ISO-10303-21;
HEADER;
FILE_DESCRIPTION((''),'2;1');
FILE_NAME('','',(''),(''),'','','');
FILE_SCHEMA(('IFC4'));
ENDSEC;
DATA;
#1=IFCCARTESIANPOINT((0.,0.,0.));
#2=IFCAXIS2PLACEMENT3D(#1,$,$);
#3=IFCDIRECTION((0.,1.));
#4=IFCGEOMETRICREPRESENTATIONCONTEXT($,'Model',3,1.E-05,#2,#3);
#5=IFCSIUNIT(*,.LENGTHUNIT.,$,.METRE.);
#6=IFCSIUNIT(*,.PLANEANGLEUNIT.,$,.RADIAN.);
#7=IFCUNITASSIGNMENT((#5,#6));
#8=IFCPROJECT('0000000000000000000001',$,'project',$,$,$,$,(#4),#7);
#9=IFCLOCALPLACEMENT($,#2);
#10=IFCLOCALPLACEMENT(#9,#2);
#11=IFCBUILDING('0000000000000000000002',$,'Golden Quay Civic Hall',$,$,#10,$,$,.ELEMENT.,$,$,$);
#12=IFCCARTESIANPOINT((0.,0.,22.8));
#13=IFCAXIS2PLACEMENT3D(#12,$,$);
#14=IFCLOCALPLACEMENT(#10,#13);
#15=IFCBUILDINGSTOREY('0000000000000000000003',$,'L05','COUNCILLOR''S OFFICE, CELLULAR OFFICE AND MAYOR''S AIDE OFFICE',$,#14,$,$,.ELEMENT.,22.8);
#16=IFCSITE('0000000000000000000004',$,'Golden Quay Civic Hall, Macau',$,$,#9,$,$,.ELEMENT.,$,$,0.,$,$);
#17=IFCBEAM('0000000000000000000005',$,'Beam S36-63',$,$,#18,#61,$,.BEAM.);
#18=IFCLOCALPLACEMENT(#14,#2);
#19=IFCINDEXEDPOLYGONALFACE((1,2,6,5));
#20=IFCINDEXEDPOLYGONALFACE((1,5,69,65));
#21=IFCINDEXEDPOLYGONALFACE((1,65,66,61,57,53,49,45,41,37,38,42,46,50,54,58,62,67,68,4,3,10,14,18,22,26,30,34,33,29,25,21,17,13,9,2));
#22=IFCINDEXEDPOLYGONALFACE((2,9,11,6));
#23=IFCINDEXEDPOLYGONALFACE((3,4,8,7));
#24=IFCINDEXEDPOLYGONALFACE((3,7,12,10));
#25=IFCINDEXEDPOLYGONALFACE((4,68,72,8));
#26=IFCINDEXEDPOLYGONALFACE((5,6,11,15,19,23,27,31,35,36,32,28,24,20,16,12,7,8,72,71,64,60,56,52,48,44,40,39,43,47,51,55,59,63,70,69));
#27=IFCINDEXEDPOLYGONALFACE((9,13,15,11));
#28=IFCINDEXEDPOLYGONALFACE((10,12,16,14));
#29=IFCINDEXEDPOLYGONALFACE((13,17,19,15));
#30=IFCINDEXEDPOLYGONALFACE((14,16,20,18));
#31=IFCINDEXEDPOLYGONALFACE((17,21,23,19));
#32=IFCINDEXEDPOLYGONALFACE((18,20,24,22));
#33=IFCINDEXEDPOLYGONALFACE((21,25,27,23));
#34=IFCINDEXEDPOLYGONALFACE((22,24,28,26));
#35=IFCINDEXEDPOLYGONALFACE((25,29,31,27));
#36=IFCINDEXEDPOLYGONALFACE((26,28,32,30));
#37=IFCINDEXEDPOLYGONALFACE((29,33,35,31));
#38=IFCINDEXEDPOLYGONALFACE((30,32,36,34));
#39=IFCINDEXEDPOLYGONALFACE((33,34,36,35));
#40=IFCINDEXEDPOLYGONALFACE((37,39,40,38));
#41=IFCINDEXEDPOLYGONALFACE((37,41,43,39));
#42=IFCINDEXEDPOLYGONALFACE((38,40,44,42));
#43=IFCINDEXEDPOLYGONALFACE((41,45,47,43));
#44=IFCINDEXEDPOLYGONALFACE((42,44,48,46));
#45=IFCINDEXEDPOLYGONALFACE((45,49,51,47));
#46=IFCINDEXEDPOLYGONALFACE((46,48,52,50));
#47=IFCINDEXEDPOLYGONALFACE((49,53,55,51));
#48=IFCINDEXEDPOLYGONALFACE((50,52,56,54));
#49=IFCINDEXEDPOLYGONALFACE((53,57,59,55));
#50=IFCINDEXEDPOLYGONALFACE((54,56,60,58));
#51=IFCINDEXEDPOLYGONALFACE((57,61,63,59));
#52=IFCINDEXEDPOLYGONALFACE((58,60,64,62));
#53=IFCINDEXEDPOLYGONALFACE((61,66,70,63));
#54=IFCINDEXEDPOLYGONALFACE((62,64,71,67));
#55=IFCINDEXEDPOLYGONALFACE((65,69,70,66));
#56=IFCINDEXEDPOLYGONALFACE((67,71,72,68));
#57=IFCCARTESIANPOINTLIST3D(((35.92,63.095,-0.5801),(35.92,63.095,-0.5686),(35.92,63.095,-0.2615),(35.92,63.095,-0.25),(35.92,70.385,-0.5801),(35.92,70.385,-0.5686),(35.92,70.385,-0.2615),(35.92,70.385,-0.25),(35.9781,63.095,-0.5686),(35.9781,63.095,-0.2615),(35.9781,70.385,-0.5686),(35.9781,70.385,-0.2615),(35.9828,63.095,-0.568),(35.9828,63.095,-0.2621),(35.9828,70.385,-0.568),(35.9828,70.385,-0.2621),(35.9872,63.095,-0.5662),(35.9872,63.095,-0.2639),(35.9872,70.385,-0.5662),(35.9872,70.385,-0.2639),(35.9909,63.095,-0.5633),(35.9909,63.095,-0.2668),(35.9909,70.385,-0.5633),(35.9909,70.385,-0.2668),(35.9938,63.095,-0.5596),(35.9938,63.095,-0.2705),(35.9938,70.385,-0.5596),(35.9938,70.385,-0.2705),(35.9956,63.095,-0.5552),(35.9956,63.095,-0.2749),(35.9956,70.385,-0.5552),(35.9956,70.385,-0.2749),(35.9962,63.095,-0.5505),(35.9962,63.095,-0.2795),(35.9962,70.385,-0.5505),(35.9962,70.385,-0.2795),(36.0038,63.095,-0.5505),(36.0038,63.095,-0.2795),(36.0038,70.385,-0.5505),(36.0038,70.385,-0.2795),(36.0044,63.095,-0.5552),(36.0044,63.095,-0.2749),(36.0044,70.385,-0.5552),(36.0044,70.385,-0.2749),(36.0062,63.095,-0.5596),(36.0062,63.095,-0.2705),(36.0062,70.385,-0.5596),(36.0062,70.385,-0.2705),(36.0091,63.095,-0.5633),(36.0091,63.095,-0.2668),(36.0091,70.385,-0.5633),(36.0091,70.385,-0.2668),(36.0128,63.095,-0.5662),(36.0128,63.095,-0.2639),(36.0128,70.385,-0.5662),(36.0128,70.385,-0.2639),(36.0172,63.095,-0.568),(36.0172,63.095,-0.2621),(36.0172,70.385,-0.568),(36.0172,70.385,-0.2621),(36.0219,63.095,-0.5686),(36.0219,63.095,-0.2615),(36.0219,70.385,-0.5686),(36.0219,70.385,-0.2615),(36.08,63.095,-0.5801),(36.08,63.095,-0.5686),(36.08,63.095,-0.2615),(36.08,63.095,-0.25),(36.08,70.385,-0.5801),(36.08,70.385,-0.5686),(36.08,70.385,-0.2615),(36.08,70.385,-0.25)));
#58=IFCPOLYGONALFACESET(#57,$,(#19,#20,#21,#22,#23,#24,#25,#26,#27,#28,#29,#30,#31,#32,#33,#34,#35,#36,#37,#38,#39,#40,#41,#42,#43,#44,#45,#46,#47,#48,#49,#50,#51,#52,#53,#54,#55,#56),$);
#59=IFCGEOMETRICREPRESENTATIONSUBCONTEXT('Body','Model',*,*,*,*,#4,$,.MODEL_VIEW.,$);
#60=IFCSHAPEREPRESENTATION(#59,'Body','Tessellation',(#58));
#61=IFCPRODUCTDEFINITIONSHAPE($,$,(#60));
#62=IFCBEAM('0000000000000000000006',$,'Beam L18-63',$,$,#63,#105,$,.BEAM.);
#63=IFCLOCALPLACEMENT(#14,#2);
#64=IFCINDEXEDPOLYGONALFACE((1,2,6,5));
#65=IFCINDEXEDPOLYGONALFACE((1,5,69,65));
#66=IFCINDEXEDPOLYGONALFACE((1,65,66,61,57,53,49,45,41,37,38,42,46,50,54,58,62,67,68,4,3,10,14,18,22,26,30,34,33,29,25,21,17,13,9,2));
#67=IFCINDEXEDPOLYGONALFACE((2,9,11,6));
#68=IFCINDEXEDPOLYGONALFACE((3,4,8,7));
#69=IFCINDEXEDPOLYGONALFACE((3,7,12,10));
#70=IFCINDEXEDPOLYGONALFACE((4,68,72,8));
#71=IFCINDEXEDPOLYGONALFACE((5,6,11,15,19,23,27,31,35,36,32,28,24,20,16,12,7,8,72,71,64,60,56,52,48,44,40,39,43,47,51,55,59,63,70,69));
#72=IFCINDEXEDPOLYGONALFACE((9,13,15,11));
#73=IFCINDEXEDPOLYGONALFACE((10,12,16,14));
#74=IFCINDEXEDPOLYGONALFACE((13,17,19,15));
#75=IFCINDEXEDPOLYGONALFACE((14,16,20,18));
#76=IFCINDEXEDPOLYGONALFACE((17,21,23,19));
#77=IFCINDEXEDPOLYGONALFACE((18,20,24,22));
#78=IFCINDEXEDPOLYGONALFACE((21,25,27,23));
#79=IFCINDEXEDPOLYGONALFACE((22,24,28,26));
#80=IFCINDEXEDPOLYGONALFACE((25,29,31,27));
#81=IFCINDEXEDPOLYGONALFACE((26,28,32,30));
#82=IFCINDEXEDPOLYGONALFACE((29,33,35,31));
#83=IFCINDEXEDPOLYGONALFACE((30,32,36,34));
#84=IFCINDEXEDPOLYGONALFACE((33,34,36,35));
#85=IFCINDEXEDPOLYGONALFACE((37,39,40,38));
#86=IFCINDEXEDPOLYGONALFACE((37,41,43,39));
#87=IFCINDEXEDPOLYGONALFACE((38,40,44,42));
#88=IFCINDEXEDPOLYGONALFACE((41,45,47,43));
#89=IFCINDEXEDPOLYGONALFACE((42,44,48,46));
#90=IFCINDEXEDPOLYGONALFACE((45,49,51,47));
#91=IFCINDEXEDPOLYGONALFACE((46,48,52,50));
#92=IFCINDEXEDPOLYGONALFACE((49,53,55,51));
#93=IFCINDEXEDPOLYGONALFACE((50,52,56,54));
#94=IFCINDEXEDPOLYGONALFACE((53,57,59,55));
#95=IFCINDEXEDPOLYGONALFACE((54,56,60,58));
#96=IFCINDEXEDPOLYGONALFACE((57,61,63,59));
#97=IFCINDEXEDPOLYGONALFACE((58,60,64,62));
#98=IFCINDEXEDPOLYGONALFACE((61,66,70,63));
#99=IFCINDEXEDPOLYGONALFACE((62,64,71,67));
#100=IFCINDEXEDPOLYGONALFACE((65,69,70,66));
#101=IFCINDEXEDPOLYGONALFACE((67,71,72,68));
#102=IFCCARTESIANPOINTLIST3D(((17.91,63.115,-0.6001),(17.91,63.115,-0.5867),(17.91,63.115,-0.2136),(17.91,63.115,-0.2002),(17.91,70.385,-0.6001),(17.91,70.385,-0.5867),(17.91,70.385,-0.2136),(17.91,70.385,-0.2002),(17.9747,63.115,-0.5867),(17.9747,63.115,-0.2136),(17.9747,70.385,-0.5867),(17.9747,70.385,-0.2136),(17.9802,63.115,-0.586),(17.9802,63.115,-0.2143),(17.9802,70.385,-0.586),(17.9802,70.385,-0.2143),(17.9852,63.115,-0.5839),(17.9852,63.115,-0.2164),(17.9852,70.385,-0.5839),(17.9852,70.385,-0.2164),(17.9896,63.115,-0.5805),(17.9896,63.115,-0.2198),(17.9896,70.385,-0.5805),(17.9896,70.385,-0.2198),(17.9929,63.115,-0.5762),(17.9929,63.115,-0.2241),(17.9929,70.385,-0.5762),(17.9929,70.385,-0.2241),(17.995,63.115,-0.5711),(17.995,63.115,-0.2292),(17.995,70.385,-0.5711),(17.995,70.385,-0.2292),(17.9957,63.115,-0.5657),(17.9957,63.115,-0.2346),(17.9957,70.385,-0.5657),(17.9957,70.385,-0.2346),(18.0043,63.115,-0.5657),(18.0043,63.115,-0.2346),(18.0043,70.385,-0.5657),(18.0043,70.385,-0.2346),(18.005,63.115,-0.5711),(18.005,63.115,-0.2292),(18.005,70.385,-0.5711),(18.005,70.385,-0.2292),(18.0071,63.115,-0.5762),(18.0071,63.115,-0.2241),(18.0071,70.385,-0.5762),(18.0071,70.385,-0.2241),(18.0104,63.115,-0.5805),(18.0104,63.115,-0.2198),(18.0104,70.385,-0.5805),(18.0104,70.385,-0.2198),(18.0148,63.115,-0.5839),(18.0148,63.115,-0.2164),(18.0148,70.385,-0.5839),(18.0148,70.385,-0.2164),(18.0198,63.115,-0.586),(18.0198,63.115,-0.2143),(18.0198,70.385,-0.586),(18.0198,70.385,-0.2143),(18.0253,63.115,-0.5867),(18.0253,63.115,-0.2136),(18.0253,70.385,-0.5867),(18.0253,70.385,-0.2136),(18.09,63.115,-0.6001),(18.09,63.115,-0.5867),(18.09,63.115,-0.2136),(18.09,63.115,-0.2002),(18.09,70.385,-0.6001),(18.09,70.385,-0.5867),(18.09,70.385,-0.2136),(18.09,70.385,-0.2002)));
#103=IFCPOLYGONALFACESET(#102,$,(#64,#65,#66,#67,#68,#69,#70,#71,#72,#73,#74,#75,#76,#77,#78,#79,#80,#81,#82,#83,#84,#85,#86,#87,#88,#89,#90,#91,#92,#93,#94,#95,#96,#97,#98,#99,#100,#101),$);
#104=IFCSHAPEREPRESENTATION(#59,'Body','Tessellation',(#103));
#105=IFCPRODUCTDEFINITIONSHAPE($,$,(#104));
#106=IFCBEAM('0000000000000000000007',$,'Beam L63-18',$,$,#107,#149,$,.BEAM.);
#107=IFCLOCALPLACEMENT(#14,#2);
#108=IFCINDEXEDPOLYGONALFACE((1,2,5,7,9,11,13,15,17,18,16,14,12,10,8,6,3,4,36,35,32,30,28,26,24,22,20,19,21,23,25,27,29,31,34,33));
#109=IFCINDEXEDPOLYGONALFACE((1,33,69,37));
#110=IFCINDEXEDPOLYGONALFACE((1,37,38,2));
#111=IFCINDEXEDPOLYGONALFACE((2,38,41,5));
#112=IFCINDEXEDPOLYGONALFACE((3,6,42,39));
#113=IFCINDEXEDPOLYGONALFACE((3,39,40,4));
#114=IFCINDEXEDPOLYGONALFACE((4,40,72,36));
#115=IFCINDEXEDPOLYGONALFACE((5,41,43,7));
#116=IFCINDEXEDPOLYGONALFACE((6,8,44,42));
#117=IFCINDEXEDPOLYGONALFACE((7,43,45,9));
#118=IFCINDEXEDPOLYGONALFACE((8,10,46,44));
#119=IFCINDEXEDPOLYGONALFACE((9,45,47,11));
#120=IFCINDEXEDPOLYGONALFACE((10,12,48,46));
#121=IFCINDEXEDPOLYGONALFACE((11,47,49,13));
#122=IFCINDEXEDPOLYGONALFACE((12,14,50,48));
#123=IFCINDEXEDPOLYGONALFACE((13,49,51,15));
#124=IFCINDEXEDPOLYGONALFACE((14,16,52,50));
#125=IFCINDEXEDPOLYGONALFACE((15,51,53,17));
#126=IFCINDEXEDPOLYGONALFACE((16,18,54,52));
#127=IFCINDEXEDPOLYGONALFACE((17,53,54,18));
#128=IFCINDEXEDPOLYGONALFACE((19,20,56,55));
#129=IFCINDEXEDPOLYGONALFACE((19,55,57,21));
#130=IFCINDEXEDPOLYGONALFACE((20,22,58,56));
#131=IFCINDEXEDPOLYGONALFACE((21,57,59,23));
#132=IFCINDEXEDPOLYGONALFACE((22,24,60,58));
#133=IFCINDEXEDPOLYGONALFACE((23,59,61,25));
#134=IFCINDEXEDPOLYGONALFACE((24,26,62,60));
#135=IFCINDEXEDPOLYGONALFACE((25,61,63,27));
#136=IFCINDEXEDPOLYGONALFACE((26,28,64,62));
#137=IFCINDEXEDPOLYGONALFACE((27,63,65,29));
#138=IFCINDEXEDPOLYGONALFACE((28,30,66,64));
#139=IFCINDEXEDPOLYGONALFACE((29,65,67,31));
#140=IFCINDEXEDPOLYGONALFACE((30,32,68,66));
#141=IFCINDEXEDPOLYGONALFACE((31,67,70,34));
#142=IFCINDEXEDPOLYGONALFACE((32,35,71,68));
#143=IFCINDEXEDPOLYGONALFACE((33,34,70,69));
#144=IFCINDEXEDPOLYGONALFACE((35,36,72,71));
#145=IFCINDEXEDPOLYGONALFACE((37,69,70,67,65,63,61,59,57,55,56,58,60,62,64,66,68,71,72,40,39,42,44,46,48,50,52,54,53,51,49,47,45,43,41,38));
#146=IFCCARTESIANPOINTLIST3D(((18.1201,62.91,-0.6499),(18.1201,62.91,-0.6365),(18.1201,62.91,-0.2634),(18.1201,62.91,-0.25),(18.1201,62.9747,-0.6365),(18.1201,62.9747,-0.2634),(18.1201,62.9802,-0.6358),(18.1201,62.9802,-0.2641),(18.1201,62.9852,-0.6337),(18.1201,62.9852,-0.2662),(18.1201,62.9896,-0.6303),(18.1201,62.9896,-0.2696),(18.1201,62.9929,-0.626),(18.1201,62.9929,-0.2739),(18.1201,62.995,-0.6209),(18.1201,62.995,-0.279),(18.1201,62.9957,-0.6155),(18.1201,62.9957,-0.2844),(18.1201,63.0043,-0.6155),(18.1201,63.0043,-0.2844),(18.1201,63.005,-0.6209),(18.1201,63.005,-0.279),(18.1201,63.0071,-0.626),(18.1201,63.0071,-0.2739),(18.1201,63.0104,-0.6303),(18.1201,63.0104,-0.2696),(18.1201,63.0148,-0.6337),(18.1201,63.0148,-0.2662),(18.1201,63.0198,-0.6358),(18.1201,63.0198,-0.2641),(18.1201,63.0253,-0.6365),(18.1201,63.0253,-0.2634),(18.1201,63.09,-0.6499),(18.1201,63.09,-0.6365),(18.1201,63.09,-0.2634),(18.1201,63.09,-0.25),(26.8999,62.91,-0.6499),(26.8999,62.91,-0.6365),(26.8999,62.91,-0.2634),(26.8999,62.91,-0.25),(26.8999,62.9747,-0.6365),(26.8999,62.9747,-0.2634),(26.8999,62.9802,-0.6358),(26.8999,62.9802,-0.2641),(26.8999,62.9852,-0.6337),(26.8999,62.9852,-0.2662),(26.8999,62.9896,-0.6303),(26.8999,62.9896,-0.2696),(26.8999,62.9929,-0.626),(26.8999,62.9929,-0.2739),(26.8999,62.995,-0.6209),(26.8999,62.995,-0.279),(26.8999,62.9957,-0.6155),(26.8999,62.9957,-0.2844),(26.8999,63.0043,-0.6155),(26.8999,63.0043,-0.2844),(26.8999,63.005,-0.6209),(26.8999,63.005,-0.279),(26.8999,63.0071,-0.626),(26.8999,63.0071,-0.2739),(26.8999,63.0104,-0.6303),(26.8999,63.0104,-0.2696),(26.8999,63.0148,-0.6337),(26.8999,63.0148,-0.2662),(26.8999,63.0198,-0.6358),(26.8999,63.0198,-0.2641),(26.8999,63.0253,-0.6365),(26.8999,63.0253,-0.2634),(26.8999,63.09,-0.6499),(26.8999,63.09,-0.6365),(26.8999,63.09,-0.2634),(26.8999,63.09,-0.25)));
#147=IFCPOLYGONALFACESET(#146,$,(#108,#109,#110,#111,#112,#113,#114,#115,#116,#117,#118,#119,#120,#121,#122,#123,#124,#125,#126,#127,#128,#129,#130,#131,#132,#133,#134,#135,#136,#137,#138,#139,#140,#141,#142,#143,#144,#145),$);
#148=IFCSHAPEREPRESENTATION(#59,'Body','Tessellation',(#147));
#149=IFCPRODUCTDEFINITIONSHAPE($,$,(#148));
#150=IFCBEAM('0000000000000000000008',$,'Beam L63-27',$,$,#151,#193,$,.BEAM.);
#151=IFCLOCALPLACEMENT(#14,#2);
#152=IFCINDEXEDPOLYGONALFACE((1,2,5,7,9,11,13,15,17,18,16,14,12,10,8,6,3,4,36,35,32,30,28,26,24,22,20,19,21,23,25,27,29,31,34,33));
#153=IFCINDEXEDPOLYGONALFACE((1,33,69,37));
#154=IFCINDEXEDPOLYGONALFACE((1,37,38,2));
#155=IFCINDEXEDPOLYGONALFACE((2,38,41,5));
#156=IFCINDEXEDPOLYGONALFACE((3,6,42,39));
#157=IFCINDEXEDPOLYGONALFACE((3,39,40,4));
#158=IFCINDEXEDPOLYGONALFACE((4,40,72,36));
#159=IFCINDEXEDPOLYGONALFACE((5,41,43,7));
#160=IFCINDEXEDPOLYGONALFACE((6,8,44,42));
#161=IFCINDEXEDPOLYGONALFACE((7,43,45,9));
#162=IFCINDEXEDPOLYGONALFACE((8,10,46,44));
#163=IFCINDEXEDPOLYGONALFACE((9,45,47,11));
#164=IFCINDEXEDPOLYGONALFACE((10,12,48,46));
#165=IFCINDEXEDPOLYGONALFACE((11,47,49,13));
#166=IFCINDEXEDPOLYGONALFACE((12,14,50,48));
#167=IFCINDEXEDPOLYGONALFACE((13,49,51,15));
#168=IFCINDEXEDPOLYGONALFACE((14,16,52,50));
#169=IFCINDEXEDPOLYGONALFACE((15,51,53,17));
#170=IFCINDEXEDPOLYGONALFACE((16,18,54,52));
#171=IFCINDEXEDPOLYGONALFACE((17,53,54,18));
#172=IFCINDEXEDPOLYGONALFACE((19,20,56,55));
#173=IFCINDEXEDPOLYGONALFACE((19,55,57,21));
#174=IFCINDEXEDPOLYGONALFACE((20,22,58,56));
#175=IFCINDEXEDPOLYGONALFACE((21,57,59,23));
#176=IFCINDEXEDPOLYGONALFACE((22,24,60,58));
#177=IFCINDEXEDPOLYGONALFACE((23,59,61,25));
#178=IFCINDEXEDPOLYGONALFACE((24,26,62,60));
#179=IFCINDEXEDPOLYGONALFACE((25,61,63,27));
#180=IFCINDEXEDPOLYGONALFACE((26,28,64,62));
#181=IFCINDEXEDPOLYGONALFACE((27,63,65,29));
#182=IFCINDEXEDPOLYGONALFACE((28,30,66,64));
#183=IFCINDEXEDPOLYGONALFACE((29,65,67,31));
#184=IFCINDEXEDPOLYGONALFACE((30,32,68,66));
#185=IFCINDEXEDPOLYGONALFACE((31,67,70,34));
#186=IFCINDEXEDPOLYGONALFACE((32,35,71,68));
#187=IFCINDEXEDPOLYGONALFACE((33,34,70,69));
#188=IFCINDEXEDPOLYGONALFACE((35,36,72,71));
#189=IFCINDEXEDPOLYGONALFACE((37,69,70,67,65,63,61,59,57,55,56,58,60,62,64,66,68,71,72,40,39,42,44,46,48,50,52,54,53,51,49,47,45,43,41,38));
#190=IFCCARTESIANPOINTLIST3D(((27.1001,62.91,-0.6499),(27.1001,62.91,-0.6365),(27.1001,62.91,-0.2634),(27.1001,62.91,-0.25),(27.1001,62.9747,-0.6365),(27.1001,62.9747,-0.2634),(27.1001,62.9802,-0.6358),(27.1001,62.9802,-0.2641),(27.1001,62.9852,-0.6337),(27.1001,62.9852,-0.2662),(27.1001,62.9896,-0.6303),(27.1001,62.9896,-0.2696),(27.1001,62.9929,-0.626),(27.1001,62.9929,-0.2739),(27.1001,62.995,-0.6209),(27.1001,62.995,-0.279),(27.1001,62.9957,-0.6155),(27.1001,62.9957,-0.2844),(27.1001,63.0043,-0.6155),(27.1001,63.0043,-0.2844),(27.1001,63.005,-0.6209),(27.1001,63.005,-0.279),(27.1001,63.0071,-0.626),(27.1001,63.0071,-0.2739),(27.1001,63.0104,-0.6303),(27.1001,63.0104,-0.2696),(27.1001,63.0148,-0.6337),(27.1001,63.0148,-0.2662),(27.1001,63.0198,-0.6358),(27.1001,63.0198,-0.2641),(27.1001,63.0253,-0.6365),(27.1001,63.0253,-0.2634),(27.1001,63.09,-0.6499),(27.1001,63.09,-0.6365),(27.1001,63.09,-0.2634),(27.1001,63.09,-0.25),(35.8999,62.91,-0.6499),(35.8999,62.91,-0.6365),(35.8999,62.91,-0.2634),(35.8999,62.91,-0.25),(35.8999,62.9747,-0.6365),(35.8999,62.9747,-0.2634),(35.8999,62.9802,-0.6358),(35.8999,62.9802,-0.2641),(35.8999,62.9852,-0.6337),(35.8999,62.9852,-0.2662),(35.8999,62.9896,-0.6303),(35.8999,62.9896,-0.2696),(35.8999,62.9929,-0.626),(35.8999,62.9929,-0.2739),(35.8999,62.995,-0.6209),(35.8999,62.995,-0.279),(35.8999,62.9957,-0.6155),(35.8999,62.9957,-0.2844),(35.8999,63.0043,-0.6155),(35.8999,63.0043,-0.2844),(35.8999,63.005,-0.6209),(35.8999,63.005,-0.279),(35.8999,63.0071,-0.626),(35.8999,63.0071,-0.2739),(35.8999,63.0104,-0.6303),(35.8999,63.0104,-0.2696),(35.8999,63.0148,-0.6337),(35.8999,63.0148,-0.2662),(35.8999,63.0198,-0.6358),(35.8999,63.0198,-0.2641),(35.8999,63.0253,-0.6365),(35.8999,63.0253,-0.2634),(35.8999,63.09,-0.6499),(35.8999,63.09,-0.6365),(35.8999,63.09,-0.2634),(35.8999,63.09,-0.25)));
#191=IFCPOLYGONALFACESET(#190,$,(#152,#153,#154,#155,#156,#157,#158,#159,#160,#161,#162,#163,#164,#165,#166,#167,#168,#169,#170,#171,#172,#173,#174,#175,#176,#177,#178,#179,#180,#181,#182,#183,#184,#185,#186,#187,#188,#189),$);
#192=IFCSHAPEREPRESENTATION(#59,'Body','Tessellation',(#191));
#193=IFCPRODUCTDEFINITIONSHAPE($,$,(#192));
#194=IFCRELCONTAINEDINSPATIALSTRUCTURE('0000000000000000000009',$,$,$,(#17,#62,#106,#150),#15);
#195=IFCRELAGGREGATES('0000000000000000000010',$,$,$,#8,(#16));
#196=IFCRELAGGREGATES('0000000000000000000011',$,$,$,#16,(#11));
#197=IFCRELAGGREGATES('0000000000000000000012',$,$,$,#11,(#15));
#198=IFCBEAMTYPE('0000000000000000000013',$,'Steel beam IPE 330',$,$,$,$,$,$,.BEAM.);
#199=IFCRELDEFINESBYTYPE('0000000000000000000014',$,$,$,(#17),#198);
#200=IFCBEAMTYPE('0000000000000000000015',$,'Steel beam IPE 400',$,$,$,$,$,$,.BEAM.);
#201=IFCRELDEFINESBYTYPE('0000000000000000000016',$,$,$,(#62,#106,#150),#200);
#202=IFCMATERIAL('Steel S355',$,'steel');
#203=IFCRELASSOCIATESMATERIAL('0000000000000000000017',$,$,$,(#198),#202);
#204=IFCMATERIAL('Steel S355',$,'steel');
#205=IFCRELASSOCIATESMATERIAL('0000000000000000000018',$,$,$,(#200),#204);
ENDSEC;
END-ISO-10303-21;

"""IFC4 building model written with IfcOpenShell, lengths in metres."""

from ifc_helpers import new_model, si_unit, direction, frame, origin, origin_2d, place, context, subcontext, project, spatial, i_section, extrude, material, material_profile, profile_set, type_object, element, save


model = new_model("IFC4")

# Units and contexts
model_context = context("Model", 3, precision=1e-05, world=origin(), true_north=direction((0.0, 1.0)))
body_context = subcontext(model_context, "Body", "Model", "MODEL_VIEW")
ifc_project = project(units=[si_unit("LENGTHUNIT", "METRE"), si_unit("PLANEANGLEUNIT", "RADIAN")], contexts=[model_context])

# Site, building, storey
site_placement = place(None, origin())
site = spatial("IfcSite", under=ifc_project, at=site_placement, Name="Golden Quay Civic Hall, Macau", CompositionType="ELEMENT", RefElevation=0.0)
building_placement = place(site_placement, origin())
building = spatial("IfcBuilding", under=site, at=building_placement, Name="Golden Quay Civic Hall", CompositionType="ELEMENT")
storey_placement = place(building_placement, frame((0.0, 0.0, 22.8)))
storey = spatial("IfcBuildingStorey", under=building, at=storey_placement, Name="L05", Description="COUNCILLOR'S OFFICE, CELLULAR OFFICE AND MAYOR'S AIDE OFFICE", CompositionType="ELEMENT", Elevation=22.8)

# Beams
ifc_material_1 = material(Name="Steel S355", Category="steel")
ifc_material_profile_1 = material_profile(ifc_material_1, i_section(OverallWidth=0.1599, OverallDepth=0.3301, WebThickness=0.0076, FlangeThickness=0.0115, FilletRadius=0.0181, at=origin_2d()), Name="IPE 330")
ifc_profile_set_1 = profile_set([ifc_material_profile_1], Name="Steel S355")
beam_type_1 = type_object("IfcBeamType", Name="Steel beam IPE 330", PredefinedType="BEAM", material=ifc_profile_set_1)
for number, where, z_axis, x_axis, name in (
    (1, (36.0, 63.095, -0.415), (0.0, 1.0, 0.0), (-1.0, 0.0, 0.0), "Beam S36-63"),
):
    element("IfcBeam", number, at=place(storey_placement, frame(where, z_axis=z_axis, x_axis=x_axis)), inside=storey, type_object=beam_type_1, Name=name, PredefinedType="BEAM", context=body_context, shape_type="SweptSolid", body=[
        extrude(i_section(OverallWidth=0.1599, OverallDepth=0.3301, WebThickness=0.0076, FlangeThickness=0.0115, FilletRadius=0.0181, at=origin_2d()), origin(), (0.0, 0.0, 1.0), 7.29),
    ])
ifc_material_2 = material(Name="Steel S355", Category="steel")
ifc_material_profile_2 = material_profile(ifc_material_2, i_section(OverallWidth=0.1799, OverallDepth=0.3999, WebThickness=0.0085, FlangeThickness=0.0134, FilletRadius=0.021, at=origin_2d()), Name="IPE 400")
ifc_profile_set_2 = profile_set([ifc_material_profile_2], Name="Steel S355")
beam_type_2 = type_object("IfcBeamType", Name="Steel beam IPE 400", PredefinedType="BEAM", material=ifc_profile_set_2)
beam_1_placement = place(storey_placement, frame((18.0, 63.115, -0.4001), z_axis=(0.0, 1.0, 0.0), x_axis=(-1.0, 0.0, 0.0)))
element("IfcBeam", 2, at=beam_1_placement, inside=storey, type_object=beam_type_2, Name="Beam L18-63", PredefinedType="BEAM", context=body_context, shape_type="SweptSolid", body=[
    extrude(i_section(OverallWidth=0.1799, OverallDepth=0.3999, WebThickness=0.0085, FlangeThickness=0.0134, FilletRadius=0.021, at=origin_2d()), origin(), (0.0, 0.0, 1.0), 7.27),
])
beam_2_placement = place(storey_placement, frame((18.1201, 63.0, -0.45), z_axis=(1.0, 0.0, 0.0), x_axis=(0.0, 1.0, 0.0)))
element("IfcBeam", 3, at=beam_2_placement, inside=storey, type_object=beam_type_2, Name="Beam L63-18", PredefinedType="BEAM", context=body_context, shape_type="SweptSolid", body=[
    extrude(i_section(OverallWidth=0.1799, OverallDepth=0.3999, WebThickness=0.0085, FlangeThickness=0.0134, FilletRadius=0.021, at=origin_2d()), origin(), (0.0, 0.0, 1.0), 8.7798),
])
for number, where, z_axis, x_axis, name in (
    (4, (27.1001, 63.0, -0.45), (1.0, 0.0, 0.0), (0.0, 1.0, 0.0), "Beam L63-27"),
):
    element("IfcBeam", number, at=place(storey_placement, frame(where, z_axis=z_axis, x_axis=x_axis)), inside=storey, type_object=beam_type_2, Name=name, PredefinedType="BEAM", context=body_context, shape_type="SweptSolid", body=[
        extrude(i_section(OverallWidth=0.1799, OverallDepth=0.3999, WebThickness=0.0085, FlangeThickness=0.0134, FilletRadius=0.021, at=origin_2d()), origin(), (0.0, 0.0, 1.0), 8.7998),
    ])

save(model, "model.ifc")
